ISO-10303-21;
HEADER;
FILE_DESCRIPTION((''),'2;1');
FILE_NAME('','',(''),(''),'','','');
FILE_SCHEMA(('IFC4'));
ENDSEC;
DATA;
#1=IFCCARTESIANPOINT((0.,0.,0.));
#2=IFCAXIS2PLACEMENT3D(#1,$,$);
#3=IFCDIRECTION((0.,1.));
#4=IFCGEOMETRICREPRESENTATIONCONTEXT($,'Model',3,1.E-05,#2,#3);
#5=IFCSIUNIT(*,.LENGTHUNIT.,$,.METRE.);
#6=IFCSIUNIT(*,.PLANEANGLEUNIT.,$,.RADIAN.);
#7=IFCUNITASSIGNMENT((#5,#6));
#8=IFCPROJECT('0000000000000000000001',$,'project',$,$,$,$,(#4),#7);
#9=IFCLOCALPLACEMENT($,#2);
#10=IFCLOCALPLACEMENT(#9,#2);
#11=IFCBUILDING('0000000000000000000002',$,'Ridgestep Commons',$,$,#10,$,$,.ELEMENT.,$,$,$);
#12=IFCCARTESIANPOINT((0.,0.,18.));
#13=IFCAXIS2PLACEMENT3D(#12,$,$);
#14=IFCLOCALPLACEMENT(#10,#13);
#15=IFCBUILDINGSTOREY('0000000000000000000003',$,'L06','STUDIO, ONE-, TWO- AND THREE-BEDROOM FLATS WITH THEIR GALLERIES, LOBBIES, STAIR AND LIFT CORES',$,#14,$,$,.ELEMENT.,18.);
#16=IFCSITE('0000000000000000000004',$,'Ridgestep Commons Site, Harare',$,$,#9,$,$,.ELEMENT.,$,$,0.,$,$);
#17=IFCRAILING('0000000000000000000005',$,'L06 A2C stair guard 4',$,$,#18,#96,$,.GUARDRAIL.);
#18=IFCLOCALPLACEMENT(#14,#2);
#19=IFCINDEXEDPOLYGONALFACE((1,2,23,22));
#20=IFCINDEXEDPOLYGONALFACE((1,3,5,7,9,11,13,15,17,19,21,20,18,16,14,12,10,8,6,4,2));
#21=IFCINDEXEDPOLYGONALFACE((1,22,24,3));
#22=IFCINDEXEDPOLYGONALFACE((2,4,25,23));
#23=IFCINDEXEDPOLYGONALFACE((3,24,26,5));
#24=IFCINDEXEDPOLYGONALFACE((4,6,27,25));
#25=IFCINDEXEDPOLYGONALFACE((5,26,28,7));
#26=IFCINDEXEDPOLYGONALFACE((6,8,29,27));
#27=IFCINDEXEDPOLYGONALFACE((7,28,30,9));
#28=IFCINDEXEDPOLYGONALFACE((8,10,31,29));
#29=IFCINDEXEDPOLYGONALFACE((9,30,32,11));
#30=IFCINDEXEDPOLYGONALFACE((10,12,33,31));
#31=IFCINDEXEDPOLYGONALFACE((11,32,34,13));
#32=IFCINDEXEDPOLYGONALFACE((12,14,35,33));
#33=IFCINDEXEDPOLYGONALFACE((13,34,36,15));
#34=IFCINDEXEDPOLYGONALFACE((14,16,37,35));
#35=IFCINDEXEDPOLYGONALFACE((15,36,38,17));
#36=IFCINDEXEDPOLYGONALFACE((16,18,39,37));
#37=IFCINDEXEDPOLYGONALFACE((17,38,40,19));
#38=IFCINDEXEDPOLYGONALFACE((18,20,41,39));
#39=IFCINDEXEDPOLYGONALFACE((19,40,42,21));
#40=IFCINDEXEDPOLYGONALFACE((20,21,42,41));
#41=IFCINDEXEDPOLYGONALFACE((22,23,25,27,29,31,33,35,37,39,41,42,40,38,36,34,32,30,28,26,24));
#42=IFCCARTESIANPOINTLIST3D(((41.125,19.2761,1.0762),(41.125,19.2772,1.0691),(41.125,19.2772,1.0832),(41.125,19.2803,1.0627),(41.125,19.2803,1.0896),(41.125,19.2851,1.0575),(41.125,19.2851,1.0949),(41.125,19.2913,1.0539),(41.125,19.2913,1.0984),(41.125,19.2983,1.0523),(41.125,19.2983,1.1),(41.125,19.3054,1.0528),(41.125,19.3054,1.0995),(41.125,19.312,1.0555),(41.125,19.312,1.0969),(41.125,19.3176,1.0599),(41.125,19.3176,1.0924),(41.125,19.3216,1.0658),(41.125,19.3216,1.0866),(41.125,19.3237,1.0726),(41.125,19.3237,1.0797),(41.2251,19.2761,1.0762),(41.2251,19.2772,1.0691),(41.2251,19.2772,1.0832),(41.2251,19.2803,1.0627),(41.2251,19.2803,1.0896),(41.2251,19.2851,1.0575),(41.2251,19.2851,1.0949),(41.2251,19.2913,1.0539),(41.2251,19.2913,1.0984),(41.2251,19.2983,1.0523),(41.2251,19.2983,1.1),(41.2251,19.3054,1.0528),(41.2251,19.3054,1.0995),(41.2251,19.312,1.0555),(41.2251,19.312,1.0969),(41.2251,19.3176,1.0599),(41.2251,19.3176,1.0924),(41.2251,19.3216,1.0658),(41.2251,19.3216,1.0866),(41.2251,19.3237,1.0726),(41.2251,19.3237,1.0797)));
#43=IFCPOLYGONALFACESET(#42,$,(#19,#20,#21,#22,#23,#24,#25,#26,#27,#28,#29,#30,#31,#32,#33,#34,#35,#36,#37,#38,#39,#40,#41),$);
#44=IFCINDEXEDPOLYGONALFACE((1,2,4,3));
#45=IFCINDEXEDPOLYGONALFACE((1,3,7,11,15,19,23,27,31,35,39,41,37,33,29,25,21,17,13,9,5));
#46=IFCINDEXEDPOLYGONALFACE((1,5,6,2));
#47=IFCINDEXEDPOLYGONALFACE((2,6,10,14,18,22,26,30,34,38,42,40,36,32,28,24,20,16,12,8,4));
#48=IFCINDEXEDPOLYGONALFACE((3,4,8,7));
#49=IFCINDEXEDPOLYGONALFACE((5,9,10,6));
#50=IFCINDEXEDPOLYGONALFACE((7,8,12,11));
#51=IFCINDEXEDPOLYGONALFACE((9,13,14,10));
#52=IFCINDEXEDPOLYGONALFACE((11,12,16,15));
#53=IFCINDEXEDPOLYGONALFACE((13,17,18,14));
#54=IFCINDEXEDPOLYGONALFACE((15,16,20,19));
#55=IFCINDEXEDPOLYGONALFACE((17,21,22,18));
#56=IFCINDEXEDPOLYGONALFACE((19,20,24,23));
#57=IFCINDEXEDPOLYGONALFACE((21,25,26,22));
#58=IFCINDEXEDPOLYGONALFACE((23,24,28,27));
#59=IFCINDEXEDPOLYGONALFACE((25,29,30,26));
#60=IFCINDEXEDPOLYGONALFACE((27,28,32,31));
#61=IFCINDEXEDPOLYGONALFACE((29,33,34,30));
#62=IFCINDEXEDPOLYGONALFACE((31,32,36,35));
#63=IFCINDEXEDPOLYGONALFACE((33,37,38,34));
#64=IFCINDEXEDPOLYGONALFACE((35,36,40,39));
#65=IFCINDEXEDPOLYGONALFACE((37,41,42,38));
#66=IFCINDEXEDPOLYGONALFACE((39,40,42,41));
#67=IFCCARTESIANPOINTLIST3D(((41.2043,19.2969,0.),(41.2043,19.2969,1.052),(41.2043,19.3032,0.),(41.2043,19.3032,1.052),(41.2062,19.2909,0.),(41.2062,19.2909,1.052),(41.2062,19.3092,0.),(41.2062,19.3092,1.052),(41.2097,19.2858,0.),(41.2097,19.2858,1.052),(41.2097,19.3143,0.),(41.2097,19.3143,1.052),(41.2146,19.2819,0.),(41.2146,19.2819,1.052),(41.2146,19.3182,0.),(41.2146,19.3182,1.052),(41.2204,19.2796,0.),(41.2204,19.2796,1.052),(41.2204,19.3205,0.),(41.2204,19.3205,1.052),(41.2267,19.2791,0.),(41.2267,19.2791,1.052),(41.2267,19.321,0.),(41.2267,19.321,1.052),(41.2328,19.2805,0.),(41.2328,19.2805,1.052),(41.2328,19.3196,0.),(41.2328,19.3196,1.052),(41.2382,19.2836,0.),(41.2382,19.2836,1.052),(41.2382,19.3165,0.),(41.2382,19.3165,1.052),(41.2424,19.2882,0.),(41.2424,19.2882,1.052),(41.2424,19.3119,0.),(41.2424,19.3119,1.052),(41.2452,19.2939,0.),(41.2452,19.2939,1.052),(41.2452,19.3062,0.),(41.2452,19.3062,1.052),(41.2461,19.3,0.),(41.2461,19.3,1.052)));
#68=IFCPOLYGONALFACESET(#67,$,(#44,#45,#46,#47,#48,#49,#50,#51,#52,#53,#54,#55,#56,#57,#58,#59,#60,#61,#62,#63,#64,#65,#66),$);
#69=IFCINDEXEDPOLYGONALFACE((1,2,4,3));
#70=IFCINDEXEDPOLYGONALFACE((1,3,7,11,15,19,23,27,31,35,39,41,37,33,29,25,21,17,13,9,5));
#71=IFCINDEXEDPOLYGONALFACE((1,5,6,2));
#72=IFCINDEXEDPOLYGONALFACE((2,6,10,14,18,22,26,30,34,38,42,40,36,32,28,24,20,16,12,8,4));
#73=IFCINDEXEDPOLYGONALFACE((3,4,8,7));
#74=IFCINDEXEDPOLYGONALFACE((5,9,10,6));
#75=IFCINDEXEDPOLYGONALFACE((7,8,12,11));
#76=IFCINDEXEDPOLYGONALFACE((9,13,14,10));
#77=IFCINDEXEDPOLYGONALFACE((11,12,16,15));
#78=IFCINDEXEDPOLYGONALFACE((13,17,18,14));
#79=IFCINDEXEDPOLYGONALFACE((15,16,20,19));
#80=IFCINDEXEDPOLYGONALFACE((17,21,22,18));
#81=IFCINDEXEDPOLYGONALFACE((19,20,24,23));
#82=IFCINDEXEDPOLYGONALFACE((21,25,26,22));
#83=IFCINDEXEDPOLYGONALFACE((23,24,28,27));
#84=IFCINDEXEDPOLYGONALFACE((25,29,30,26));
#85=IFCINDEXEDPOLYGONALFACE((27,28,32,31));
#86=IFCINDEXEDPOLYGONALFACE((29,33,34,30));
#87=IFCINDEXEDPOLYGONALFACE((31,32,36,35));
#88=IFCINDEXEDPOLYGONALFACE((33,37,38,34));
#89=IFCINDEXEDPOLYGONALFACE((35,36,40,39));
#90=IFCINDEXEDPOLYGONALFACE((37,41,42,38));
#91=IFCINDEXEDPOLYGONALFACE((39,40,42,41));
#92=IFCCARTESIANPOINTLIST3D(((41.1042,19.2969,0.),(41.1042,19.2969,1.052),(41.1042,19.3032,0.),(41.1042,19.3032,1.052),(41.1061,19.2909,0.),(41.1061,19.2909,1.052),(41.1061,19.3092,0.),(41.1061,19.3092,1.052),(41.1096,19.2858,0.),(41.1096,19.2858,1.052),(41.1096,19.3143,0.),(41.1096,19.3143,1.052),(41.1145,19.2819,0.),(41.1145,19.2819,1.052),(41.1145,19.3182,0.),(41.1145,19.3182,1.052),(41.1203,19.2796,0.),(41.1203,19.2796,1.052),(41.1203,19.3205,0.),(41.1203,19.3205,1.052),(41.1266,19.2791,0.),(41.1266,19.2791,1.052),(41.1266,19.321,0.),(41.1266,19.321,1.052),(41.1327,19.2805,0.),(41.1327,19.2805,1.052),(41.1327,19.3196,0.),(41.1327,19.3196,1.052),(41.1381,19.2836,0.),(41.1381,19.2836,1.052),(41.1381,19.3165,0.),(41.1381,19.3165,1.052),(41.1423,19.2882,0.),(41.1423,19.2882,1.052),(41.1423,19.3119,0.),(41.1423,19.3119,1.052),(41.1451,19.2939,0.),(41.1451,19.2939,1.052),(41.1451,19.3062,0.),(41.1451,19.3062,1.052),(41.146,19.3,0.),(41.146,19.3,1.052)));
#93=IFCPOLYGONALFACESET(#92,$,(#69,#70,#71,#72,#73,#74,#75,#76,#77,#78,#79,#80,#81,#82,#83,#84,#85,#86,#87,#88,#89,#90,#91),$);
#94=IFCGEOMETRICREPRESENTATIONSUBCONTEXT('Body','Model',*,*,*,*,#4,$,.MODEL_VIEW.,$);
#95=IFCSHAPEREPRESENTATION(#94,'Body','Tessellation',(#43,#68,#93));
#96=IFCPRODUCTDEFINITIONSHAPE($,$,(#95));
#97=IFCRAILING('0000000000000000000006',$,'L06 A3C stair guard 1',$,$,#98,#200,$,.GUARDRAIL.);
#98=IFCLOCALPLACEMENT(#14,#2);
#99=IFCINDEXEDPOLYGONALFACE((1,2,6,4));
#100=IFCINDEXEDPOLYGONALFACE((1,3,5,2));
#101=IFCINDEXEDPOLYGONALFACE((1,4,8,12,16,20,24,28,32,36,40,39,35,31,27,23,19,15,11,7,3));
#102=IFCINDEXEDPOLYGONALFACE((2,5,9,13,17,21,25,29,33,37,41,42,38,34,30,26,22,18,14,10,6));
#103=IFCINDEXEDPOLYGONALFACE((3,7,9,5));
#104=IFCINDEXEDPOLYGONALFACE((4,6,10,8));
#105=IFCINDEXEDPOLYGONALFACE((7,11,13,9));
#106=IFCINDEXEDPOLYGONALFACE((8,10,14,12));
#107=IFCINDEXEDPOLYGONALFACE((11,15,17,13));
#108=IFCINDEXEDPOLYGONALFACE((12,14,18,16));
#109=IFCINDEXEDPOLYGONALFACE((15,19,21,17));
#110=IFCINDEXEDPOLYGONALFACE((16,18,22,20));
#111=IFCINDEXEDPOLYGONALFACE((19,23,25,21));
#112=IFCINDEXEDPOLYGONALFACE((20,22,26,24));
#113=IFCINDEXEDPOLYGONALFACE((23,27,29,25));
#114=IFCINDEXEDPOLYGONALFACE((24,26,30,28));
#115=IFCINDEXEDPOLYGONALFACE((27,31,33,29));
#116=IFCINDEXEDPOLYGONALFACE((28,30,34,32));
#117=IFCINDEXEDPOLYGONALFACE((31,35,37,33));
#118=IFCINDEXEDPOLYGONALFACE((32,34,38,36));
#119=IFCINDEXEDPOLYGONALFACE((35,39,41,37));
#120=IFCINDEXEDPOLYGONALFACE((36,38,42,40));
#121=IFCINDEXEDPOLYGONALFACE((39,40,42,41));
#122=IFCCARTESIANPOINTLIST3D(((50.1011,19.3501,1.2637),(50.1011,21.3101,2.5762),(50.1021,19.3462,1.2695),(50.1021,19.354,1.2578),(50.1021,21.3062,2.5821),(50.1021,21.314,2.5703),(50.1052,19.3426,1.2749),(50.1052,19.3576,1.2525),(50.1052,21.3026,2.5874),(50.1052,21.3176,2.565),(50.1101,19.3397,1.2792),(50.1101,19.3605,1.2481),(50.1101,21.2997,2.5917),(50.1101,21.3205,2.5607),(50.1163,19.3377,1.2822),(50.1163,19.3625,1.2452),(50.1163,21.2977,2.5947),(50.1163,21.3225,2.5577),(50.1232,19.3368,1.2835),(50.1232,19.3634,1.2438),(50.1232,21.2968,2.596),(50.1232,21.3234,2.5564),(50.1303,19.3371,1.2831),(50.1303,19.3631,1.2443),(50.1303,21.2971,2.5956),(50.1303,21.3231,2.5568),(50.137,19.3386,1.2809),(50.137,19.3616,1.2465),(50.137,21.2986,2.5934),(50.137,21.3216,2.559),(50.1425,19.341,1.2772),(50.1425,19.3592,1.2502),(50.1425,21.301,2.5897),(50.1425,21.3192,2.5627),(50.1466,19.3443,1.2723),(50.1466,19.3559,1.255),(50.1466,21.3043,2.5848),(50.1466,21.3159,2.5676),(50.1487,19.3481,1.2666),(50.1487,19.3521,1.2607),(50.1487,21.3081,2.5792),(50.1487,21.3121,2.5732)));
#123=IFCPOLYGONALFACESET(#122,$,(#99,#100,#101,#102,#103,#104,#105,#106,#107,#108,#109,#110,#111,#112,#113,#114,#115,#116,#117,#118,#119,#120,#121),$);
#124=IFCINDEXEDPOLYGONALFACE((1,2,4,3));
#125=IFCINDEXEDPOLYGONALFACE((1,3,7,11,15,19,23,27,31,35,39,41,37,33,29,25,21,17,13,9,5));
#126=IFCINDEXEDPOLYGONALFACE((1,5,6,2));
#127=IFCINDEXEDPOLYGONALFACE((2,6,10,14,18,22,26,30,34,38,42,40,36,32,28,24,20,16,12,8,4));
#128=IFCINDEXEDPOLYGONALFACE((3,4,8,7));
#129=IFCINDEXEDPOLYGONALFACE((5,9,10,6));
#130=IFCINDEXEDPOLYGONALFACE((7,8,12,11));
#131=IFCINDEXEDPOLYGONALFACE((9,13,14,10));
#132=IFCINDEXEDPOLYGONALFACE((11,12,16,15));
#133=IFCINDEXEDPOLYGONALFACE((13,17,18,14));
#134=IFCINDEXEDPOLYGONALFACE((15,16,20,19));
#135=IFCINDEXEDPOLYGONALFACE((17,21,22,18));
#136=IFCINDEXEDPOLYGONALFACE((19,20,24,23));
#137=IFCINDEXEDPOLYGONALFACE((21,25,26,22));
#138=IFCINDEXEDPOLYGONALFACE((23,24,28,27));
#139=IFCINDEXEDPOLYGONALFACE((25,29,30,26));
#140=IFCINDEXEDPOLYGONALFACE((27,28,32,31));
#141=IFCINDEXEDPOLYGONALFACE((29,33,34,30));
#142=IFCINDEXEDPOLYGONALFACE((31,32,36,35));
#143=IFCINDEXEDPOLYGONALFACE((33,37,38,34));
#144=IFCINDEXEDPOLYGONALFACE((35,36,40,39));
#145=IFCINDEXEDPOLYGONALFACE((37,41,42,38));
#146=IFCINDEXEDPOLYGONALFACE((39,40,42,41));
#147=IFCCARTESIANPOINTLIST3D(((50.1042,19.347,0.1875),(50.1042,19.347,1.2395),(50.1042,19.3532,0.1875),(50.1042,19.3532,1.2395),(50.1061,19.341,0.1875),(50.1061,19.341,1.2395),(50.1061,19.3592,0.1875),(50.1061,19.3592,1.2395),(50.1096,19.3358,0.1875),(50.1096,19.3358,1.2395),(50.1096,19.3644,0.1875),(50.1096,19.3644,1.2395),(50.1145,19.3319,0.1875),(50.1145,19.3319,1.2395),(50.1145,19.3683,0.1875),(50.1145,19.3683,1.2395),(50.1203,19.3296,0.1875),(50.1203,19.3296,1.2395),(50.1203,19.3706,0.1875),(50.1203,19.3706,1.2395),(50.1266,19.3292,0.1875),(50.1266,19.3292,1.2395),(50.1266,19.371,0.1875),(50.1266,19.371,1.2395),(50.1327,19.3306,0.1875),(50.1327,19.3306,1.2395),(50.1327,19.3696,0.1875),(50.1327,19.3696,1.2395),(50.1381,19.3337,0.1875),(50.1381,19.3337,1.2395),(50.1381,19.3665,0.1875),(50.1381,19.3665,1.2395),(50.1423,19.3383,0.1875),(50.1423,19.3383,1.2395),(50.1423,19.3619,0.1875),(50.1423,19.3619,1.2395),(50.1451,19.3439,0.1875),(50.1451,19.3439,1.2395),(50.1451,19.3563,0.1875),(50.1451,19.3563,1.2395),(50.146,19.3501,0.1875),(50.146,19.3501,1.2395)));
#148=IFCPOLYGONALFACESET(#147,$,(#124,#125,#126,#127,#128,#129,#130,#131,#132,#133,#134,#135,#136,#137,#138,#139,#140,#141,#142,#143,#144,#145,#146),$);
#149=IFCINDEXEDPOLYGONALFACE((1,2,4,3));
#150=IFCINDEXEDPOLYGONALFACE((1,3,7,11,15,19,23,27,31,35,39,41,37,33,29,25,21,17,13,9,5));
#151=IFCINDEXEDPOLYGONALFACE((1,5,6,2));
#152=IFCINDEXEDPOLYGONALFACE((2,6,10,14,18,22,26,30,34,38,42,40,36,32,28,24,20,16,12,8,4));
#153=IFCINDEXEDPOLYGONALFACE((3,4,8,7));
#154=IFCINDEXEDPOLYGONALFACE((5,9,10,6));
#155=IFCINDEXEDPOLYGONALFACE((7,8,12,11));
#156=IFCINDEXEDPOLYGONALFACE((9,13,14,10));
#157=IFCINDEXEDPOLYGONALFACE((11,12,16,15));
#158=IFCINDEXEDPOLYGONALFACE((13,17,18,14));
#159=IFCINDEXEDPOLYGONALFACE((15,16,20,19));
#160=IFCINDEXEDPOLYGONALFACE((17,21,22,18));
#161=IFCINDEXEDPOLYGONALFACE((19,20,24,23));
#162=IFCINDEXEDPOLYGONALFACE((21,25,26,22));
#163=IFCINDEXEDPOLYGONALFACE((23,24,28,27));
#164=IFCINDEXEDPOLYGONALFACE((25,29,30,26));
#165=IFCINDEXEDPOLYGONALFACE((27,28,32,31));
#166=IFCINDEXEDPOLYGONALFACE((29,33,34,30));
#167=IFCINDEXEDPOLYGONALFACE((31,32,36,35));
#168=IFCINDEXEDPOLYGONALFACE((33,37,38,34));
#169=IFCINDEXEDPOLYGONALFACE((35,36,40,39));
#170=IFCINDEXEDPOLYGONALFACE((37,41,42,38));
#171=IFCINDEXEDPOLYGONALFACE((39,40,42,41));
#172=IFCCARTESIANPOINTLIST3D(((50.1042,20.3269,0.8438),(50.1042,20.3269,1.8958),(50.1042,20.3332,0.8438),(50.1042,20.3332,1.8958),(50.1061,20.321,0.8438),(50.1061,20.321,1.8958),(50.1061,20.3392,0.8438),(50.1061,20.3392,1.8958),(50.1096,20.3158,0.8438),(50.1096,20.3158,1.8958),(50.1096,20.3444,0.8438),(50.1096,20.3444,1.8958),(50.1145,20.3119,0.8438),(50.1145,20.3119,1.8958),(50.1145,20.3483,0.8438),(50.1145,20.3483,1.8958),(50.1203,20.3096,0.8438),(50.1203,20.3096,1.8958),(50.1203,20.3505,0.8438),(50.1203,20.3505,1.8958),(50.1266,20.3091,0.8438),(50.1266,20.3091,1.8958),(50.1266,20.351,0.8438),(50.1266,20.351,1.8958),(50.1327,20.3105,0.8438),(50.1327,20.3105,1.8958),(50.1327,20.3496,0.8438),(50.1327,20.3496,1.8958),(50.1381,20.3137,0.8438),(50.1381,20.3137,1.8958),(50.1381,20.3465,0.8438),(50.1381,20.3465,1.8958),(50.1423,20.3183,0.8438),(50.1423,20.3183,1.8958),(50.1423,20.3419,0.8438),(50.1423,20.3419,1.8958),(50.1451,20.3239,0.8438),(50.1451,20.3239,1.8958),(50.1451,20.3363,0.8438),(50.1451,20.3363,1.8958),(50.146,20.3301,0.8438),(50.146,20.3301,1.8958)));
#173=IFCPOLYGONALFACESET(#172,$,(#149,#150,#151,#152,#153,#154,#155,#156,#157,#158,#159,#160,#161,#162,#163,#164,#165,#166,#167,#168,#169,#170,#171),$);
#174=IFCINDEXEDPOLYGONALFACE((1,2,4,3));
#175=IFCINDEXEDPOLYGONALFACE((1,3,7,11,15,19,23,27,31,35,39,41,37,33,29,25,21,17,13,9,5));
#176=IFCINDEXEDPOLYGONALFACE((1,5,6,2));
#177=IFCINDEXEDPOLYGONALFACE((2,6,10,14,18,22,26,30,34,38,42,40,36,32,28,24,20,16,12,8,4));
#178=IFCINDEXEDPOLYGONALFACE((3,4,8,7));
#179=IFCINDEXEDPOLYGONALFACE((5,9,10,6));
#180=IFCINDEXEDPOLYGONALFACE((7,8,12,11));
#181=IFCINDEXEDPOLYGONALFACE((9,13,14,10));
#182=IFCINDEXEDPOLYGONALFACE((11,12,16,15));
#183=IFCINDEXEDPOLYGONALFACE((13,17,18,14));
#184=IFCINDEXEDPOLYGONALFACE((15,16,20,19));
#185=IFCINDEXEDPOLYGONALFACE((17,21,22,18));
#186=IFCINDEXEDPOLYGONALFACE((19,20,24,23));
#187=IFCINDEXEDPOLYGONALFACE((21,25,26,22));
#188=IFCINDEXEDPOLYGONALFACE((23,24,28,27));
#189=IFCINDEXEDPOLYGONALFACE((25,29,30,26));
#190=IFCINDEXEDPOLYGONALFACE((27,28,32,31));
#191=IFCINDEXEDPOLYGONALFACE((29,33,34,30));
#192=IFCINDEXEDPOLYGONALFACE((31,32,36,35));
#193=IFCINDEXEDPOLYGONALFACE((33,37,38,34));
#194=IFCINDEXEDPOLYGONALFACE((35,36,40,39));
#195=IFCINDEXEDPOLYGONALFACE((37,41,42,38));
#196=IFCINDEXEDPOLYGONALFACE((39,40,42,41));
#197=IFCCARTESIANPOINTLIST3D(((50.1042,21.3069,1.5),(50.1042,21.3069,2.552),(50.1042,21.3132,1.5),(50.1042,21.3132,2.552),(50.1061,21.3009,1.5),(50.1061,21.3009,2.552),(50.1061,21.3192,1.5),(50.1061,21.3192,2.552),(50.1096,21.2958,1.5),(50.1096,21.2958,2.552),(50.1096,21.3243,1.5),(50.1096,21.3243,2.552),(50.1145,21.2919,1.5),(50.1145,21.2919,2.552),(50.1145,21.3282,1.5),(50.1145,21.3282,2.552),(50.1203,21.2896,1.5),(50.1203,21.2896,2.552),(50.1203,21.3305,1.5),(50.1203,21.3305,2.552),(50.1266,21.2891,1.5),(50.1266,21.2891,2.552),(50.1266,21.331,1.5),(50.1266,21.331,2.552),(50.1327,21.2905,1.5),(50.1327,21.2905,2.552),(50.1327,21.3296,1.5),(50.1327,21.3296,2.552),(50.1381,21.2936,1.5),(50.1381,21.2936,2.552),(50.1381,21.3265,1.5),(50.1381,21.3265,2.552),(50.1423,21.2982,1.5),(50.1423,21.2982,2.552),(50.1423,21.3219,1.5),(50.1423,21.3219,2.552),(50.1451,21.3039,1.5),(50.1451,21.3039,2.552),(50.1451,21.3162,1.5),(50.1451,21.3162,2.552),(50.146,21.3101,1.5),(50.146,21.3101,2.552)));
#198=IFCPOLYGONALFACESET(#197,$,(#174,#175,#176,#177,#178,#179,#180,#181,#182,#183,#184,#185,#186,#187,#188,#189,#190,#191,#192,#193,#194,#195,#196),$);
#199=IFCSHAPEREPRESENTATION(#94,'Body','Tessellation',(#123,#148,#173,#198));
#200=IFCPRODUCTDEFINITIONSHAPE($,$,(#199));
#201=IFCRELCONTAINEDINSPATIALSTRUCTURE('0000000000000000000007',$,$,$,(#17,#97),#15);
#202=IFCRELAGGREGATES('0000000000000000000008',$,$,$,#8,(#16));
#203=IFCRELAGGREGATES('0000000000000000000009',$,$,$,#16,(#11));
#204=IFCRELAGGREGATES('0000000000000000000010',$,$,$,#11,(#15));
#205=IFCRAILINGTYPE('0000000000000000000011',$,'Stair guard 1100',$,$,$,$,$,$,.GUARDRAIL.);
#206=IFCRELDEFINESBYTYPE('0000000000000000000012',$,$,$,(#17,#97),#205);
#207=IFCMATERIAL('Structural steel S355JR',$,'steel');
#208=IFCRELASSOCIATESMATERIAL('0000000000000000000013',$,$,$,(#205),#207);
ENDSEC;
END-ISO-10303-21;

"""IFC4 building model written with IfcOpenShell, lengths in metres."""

from ifc_helpers import new_model, si_unit, direction, frame, origin, origin_2d, place, context, subcontext, project, spatial, circle, extrude, material, type_object, element, save


model = new_model("IFC4")

# Units and contexts
model_context = context("Model", 3, precision=1e-05, world=origin(), true_north=direction((0.0, 1.0)))
body_context = subcontext(model_context, "Body", "Model", "MODEL_VIEW")
ifc_project = project(units=[si_unit("LENGTHUNIT", "METRE"), si_unit("PLANEANGLEUNIT", "RADIAN")], contexts=[model_context])

# Site, building, storey
site_placement = place(None, origin())
site = spatial("IfcSite", under=ifc_project, at=site_placement, Name="Ridgestep Commons Site, Harare", CompositionType="ELEMENT", RefElevation=0.0)
building_placement = place(site_placement, origin())
building = spatial("IfcBuilding", under=site, at=building_placement, Name="Ridgestep Commons", CompositionType="ELEMENT")
storey_placement = place(building_placement, frame((0.0, 0.0, 18.0)))
storey = spatial("IfcBuildingStorey", under=building, at=storey_placement, Name="L06", Description="STUDIO, ONE-, TWO- AND THREE-BEDROOM FLATS WITH THEIR GALLERIES, LOBBIES, STAIR AND LIFT CORES", CompositionType="ELEMENT", Elevation=18.0)

# Railings
ifc_material_1 = material(Name="Structural steel S355JR", Category="steel")
railing_type_1 = type_object("IfcRailingType", Name="Stair guard 1100", PredefinedType="GUARDRAIL", material=ifc_material_1)
railing_1_placement = place(storey_placement, frame((41.2251, 19.3, 0.0)))
element("IfcRailing", 1, at=railing_1_placement, inside=storey, type_object=railing_type_1, Name="L06 A2C stair guard 4", PredefinedType="GUARDRAIL", context=body_context, shape_type="SweptSolid", body=[
    extrude(circle(Radius=0.0239, at=origin_2d()), frame((0.0, 0.0, 1.0762), z_axis=(-1.0, 0.0, 0.0), x_axis=(0.0, -1.0, 0.0)), (0.0, 0.0, 1.0), 0.1001),
    extrude(circle(Radius=0.021, at=origin_2d()), origin(), (0.0, 0.0, 1.0), 1.052),
    extrude(circle(Radius=0.021, at=origin_2d()), frame((-0.1001, 0.0, 0.0)), (0.0, 0.0, 1.0), 1.052),
])
railing_2_placement = place(storey_placement, frame((50.125, 19.3501, 0.1875)))
element("IfcRailing", 2, at=railing_2_placement, inside=storey, type_object=railing_type_1, Name="L06 A3C stair guard 1", PredefinedType="GUARDRAIL", context=body_context, shape_type="SweptSolid", body=[
    extrude(circle(Radius=0.0239, at=origin_2d()), frame((0.0, 0.0, 1.0762), z_axis=(0.0, 0.830902, 0.556419), x_axis=(-1.0, 0.0, 0.0)), (0.0, 0.0, 1.0), 2.3589),
    extrude(circle(Radius=0.021, at=origin_2d()), origin(), (0.0, 0.0, 1.0), 1.052),
    extrude(circle(Radius=0.021, at=origin_2d()), frame((0.0, 0.98, 0.6562)), (0.0, 0.0, 1.0), 1.052),
    extrude(circle(Radius=0.021, at=origin_2d()), frame((0.0, 1.96, 1.3125)), (0.0, 0.0, 1.0), 1.052),
])

save(model, "model.ifc")
